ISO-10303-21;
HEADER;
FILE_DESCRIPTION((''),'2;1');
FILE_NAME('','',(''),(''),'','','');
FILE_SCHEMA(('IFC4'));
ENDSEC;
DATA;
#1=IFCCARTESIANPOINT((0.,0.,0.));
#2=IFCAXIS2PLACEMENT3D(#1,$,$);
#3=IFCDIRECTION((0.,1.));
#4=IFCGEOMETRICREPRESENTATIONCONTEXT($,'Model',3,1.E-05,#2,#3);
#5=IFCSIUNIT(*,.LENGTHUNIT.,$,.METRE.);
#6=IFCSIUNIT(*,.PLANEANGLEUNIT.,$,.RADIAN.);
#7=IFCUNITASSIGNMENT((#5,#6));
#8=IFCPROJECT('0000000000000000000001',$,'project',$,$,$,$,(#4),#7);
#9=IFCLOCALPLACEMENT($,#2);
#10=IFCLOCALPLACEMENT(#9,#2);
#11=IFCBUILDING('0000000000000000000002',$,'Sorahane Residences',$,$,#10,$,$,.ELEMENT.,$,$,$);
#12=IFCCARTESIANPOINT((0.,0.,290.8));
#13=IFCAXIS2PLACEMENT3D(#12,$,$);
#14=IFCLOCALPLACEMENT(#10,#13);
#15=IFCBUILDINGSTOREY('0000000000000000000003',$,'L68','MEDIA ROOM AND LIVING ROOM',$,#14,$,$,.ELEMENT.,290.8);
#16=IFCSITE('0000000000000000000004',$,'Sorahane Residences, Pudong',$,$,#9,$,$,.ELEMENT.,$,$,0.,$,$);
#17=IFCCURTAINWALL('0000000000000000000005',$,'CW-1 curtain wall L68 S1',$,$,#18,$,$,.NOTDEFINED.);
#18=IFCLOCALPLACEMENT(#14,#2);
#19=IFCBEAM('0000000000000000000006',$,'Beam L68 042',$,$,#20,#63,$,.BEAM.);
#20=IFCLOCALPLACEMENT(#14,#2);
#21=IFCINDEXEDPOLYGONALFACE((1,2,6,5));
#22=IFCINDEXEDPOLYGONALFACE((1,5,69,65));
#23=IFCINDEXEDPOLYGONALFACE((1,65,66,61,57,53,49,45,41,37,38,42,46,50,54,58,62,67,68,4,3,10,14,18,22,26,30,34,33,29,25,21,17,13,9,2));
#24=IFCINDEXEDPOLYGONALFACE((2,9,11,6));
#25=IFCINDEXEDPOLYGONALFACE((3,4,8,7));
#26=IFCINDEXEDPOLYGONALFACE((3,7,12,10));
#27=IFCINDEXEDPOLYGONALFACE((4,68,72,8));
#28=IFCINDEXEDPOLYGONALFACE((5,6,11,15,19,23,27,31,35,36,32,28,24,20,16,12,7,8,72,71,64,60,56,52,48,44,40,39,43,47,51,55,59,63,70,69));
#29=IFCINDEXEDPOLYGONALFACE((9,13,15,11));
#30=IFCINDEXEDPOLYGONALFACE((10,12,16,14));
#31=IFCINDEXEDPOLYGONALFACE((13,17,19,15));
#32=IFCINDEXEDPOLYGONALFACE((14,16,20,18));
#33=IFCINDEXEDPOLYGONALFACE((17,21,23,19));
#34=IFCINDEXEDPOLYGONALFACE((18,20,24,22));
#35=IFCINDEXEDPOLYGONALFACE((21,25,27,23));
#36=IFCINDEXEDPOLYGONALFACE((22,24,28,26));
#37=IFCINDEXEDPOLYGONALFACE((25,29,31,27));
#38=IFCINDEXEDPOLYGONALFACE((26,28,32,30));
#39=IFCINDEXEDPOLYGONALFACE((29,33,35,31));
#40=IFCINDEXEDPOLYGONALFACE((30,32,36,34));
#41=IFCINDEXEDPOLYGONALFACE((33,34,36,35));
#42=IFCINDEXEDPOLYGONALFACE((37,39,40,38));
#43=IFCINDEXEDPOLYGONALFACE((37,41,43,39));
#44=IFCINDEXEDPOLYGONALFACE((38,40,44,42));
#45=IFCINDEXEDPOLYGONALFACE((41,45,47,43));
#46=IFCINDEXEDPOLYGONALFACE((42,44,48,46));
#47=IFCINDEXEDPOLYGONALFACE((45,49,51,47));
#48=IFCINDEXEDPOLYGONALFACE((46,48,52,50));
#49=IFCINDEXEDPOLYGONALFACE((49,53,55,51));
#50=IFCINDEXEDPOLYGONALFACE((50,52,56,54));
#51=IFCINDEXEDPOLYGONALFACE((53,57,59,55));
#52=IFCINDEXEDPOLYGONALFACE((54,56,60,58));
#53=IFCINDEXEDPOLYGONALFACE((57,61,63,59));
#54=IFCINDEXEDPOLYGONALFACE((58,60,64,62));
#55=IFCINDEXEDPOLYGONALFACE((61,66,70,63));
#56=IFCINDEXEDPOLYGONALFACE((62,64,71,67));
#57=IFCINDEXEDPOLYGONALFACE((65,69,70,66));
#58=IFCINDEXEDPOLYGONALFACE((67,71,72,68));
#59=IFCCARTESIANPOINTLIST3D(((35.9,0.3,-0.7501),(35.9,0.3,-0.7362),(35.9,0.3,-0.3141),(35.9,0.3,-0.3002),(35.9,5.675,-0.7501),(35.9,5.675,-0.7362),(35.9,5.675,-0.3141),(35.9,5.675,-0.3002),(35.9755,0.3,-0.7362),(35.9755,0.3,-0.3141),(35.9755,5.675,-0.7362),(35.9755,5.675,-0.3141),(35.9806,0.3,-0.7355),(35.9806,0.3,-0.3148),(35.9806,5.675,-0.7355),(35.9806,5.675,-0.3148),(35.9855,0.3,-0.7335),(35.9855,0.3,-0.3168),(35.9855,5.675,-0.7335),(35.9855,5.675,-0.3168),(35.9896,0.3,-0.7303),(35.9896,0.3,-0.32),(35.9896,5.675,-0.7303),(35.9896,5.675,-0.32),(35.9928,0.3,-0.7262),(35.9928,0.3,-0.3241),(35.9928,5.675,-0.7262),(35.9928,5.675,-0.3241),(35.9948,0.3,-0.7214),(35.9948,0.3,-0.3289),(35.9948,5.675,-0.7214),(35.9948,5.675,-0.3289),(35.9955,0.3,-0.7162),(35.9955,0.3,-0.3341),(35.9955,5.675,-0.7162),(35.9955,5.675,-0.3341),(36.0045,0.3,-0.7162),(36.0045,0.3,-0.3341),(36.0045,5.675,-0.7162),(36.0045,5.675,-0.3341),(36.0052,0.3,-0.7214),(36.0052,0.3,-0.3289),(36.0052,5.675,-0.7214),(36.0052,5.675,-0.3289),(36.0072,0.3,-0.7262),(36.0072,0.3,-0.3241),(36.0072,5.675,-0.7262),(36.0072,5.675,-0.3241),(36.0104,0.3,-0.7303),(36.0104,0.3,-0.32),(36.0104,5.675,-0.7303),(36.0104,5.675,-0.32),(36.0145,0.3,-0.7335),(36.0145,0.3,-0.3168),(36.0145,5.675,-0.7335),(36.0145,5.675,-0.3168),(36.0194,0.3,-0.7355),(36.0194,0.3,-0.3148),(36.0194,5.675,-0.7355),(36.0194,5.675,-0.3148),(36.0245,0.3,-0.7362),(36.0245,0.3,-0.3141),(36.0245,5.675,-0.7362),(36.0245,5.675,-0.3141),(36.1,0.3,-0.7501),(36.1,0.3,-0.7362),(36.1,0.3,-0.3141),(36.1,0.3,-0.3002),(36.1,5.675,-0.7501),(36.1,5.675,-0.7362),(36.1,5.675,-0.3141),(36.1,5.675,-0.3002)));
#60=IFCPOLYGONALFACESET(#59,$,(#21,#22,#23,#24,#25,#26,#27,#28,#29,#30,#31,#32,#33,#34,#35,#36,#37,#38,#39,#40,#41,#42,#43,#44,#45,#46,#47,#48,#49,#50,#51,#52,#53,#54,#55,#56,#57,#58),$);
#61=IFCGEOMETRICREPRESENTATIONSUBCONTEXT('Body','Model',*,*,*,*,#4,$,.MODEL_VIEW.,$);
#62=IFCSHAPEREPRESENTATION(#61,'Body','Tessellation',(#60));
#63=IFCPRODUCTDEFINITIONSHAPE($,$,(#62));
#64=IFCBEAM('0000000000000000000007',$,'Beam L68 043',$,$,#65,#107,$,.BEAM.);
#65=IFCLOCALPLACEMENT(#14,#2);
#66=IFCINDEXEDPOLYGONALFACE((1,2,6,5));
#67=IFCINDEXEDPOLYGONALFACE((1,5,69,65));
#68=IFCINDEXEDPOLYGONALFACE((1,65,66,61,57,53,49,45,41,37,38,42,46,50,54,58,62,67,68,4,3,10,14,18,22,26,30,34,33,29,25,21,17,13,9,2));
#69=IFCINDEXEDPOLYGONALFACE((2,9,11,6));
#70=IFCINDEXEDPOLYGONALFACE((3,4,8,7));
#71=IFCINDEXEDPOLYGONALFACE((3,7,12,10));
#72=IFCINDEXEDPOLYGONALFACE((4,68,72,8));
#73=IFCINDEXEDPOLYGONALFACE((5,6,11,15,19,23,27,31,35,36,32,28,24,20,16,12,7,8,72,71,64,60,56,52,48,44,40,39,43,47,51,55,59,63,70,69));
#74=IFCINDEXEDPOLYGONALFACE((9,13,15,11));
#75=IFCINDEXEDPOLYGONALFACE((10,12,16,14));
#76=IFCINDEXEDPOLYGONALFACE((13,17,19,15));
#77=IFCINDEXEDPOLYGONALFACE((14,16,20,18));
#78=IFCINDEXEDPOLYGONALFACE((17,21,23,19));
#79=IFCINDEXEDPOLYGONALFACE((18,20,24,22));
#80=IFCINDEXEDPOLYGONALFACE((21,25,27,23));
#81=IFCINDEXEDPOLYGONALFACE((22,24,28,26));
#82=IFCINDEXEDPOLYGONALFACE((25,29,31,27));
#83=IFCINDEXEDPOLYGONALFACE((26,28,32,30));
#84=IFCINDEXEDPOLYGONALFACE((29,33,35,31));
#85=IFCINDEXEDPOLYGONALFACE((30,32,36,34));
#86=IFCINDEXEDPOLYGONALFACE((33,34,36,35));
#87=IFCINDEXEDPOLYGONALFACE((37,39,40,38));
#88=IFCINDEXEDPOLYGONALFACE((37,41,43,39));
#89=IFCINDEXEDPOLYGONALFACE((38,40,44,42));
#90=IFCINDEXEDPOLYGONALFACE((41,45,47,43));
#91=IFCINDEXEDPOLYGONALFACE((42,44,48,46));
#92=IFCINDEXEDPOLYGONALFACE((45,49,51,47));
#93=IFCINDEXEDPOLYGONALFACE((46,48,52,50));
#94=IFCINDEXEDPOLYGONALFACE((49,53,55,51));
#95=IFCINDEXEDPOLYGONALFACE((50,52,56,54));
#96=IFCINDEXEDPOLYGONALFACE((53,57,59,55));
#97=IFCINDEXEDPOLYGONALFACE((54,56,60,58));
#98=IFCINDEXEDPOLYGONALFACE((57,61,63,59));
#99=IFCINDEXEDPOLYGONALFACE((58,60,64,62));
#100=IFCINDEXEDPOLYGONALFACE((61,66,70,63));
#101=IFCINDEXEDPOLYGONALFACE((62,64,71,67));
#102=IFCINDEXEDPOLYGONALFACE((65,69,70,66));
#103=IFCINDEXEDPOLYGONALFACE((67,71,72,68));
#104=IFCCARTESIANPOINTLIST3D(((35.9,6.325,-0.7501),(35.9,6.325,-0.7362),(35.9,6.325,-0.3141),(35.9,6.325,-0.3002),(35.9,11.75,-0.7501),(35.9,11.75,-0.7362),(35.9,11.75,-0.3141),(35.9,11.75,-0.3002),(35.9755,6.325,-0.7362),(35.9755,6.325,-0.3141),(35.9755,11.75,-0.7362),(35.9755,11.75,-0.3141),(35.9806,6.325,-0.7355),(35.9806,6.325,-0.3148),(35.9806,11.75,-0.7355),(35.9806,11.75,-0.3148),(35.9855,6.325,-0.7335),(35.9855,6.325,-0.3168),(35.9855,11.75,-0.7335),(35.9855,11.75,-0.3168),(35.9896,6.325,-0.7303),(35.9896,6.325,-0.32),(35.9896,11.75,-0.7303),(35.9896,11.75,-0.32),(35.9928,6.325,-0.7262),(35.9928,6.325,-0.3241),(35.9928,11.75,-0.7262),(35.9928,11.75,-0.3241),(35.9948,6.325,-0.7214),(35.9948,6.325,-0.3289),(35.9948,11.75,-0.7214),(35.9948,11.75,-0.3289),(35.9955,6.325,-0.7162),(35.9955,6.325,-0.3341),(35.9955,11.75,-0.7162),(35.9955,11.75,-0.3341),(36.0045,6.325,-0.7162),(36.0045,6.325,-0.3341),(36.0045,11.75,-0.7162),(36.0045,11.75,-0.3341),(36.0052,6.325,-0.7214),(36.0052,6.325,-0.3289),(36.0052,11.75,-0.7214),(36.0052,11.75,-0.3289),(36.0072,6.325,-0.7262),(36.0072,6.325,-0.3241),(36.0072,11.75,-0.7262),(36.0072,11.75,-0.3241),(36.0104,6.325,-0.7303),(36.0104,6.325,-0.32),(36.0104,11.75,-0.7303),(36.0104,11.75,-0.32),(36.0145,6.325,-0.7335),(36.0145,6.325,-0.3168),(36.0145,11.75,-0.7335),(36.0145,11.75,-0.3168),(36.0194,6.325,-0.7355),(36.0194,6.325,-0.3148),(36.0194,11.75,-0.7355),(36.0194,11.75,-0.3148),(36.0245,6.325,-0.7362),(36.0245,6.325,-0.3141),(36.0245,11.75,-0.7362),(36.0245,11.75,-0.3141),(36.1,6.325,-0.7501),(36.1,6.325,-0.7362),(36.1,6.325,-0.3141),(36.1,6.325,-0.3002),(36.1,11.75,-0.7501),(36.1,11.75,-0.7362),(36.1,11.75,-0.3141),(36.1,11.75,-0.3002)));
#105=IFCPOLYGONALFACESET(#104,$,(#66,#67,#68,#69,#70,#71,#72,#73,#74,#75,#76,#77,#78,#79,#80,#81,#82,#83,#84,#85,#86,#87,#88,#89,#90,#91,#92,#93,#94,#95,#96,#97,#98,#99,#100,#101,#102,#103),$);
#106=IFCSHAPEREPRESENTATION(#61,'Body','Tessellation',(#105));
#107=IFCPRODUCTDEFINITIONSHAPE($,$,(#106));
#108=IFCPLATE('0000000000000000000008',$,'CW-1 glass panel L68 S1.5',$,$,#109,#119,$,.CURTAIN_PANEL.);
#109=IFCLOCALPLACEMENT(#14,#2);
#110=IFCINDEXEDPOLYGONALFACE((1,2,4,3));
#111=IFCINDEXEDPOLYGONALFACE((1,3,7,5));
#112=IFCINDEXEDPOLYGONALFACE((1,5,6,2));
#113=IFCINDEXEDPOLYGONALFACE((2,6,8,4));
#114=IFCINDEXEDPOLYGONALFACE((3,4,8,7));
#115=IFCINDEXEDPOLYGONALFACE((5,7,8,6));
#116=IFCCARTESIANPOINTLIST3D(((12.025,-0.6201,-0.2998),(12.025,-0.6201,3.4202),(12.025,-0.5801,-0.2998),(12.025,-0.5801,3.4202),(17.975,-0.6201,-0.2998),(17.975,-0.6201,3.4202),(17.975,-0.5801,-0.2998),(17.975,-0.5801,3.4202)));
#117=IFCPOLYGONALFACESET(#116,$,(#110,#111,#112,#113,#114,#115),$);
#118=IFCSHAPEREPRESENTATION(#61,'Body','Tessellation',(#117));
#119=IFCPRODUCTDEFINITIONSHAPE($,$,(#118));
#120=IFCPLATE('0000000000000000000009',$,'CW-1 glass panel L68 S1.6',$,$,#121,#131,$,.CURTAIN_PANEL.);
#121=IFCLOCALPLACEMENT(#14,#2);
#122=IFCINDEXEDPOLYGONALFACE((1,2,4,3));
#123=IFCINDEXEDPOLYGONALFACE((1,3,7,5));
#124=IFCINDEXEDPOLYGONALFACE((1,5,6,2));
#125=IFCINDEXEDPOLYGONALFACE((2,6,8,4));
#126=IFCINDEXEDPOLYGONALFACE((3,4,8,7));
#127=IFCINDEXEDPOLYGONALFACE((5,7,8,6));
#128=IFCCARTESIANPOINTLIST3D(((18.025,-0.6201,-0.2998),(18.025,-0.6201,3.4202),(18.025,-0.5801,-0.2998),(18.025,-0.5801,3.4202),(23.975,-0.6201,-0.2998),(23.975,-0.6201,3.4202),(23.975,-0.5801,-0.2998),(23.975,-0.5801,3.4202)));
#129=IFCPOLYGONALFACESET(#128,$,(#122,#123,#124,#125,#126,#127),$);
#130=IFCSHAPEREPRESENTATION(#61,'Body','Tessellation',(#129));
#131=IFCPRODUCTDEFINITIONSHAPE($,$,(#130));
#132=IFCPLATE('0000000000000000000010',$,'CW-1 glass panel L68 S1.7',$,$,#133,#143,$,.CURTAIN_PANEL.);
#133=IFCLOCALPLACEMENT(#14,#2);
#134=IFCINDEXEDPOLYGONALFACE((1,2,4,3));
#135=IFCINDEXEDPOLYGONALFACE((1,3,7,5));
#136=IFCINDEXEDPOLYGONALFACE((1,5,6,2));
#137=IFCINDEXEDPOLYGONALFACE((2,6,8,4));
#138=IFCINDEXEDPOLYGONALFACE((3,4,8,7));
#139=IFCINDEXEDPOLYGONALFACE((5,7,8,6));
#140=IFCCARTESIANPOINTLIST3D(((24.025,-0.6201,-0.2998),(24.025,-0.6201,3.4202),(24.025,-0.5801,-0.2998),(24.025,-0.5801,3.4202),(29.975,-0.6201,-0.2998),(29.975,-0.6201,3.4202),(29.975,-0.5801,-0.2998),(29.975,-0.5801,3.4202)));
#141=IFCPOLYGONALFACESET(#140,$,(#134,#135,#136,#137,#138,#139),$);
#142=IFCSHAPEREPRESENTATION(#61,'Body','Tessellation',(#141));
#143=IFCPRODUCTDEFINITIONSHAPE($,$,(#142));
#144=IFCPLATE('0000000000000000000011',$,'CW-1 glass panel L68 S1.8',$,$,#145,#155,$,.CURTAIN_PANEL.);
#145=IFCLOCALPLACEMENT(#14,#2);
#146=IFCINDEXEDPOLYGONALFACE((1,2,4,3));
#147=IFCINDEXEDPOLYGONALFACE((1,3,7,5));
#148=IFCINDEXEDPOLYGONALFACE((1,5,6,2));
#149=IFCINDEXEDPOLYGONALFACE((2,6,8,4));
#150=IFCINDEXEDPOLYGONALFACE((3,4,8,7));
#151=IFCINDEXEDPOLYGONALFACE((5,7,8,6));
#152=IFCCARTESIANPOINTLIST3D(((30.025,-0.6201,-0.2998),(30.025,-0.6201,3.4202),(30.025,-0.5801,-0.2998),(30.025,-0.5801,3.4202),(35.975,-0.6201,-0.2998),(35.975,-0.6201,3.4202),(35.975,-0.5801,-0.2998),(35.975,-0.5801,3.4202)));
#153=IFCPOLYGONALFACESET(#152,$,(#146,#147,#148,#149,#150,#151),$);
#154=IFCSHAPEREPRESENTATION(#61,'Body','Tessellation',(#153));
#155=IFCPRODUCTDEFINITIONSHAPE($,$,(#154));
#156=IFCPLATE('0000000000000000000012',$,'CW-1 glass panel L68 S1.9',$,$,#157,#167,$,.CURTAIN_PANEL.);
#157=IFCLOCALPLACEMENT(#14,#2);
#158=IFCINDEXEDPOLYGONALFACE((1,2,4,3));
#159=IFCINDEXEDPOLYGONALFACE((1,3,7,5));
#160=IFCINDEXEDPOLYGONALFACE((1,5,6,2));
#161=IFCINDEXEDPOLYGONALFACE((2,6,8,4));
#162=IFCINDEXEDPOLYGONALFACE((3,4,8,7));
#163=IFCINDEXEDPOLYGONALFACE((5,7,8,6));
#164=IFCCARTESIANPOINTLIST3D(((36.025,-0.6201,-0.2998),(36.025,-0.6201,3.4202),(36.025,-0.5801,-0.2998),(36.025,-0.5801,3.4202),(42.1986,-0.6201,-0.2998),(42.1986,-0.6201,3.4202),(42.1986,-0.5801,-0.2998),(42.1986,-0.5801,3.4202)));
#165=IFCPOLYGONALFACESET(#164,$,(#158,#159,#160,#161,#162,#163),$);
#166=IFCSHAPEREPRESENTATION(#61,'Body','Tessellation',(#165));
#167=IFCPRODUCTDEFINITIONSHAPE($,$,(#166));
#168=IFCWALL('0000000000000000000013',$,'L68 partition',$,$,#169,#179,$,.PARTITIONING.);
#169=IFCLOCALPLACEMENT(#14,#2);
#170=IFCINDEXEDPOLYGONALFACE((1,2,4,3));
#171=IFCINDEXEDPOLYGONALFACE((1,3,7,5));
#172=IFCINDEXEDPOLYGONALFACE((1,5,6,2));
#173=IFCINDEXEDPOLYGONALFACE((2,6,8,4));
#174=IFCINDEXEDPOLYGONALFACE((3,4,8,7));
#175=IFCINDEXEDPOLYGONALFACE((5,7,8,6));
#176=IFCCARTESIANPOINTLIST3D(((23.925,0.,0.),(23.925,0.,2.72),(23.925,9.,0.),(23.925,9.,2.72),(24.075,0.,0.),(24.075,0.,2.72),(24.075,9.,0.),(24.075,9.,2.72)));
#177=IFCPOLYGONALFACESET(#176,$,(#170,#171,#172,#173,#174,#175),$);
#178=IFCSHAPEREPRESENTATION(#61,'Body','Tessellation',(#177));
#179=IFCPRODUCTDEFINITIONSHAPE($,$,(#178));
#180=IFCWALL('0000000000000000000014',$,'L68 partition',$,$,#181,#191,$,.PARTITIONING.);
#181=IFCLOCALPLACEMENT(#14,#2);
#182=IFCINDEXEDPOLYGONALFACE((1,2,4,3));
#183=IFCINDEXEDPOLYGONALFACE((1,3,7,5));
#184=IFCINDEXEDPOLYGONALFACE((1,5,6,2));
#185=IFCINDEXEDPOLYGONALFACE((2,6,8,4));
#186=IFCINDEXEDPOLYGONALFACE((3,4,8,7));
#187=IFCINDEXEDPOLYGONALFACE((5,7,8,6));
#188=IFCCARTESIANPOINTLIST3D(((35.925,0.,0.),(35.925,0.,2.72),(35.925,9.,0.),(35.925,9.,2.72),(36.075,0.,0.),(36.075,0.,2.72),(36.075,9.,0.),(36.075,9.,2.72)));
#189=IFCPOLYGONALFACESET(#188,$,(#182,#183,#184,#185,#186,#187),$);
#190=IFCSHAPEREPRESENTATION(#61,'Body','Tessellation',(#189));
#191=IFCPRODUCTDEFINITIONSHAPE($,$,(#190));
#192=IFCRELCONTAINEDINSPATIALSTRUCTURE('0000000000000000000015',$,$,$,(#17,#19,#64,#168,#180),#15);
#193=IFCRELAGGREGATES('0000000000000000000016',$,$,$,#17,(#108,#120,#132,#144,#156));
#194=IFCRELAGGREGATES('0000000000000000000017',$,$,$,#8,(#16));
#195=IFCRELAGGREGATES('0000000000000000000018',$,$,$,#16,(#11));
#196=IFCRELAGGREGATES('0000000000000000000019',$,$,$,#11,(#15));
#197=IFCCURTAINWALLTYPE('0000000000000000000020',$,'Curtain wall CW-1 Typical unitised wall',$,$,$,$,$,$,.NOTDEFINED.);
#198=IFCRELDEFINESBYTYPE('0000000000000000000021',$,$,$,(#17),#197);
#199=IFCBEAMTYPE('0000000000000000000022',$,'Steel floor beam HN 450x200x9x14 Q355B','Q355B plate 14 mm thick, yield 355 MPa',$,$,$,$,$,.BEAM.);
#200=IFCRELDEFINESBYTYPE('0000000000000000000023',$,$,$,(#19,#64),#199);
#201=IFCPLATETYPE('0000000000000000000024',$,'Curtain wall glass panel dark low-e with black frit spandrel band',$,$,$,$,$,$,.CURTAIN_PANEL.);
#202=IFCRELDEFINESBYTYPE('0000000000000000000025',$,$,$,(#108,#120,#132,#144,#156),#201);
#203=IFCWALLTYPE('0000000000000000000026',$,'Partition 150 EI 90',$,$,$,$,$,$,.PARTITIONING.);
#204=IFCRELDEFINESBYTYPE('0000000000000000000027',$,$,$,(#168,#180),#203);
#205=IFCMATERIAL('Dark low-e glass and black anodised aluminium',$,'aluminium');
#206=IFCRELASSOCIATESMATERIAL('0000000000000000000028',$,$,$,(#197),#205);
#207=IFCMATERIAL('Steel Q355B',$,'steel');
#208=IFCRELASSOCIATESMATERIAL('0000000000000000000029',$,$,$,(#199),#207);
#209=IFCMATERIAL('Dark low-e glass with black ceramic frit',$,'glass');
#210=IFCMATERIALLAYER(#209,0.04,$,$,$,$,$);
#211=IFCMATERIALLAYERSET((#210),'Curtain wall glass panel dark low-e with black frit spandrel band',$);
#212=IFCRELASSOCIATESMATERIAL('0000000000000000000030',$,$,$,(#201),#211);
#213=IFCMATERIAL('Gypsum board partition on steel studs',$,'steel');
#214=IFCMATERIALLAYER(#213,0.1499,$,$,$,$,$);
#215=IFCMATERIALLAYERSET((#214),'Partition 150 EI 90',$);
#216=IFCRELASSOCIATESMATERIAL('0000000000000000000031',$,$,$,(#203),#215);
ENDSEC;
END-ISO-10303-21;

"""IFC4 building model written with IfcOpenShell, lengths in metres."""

from ifc_helpers import new_model, si_unit, direction, frame, frame_2d, origin, origin_2d, place, context, subcontext, project, spatial, rectangle, i_section, extrude, material, layer, layer_set, material_profile, profile_set, type_object, element, aggregate, save


model = new_model("IFC4")

# Units and contexts
model_context = context("Model", 3, precision=1e-05, world=origin(), true_north=direction((0.0, 1.0)))
body_context = subcontext(model_context, "Body", "Model", "MODEL_VIEW")
ifc_project = project(units=[si_unit("LENGTHUNIT", "METRE"), si_unit("PLANEANGLEUNIT", "RADIAN")], contexts=[model_context])

# Site, building, storey
site_placement = place(None, origin())
site = spatial("IfcSite", under=ifc_project, at=site_placement, Name="Sorahane Residences, Pudong", CompositionType="ELEMENT", RefElevation=0.0)
building_placement = place(site_placement, origin())
building = spatial("IfcBuilding", under=site, at=building_placement, Name="Sorahane Residences", CompositionType="ELEMENT")
storey_placement = place(building_placement, frame((0.0, 0.0, 290.8)))
storey = spatial("IfcBuildingStorey", under=building, at=storey_placement, Name="L68", Description="MEDIA ROOM AND LIVING ROOM", CompositionType="ELEMENT", Elevation=290.8)

# Curtain wall
ifc_material_1 = material(Name="Dark low-e glass and black anodised aluminium", Category="aluminium")
curtain_wall_type = type_object("IfcCurtainWallType", Name="Curtain wall CW-1 Typical unitised wall", PredefinedType="NOTDEFINED", material=ifc_material_1)
curtain_wall_placement = place(storey_placement, origin())
curtain_wall = element("IfcCurtainWall", 1, at=curtain_wall_placement, inside=storey, type_object=curtain_wall_type, Name="CW-1 curtain wall L68 S1", PredefinedType="NOTDEFINED")

# Beams
ifc_material_2 = material(Name="Steel Q355B", Category="steel")
ifc_material_profile_1 = material_profile(ifc_material_2, i_section(OverallWidth=0.2, OverallDepth=0.45, WebThickness=0.009, FlangeThickness=0.0139, FilletRadius=0.02, at=origin_2d()), Name="HN 450x200x9x14")
ifc_profile_set_1 = profile_set([ifc_material_profile_1], Name="Steel Q355B")
beam_type = type_object("IfcBeamType", Name="Steel floor beam HN 450x200x9x14 Q355B", Description="Q355B plate 14 mm thick, yield 355 MPa", PredefinedType="BEAM", material=ifc_profile_set_1)
beam_1_placement = place(storey_placement, frame((36.0, 0.3, -0.5251), z_axis=(0.0, 1.0, 0.0), x_axis=(-1.0, 0.0, 0.0)))
element("IfcBeam", 2, at=beam_1_placement, inside=storey, type_object=beam_type, Name="Beam L68 042", PredefinedType="BEAM", context=body_context, shape_type="SweptSolid", body=[
    extrude(i_section(OverallWidth=0.2, OverallDepth=0.45, WebThickness=0.009, FlangeThickness=0.0139, FilletRadius=0.02, at=origin_2d()), origin(), (0.0, 0.0, 1.0), 5.375),
])
beam_2_placement = place(storey_placement, frame((36.0, 6.325, -0.5251), z_axis=(0.0, 1.0, 0.0), x_axis=(-1.0, 0.0, 0.0)))
element("IfcBeam", 3, at=beam_2_placement, inside=storey, type_object=beam_type, Name="Beam L68 043", PredefinedType="BEAM", context=body_context, shape_type="SweptSolid", body=[
    extrude(i_section(OverallWidth=0.2, OverallDepth=0.45, WebThickness=0.009, FlangeThickness=0.0139, FilletRadius=0.02, at=origin_2d()), origin(), (0.0, 0.0, 1.0), 5.425),
])

# Plates
ifc_material_3 = material(Name="Dark low-e glass with black ceramic frit", Category="glass")
ifc_layer_1 = layer(ifc_material_3, 0.04)
ifc_layer_set_1 = layer_set([ifc_layer_1], Name="Curtain wall glass panel dark low-e with black frit spandrel band")
plate_type = type_object("IfcPlateType", Name="Curtain wall glass panel dark low-e with black frit spandrel band", PredefinedType="CURTAIN_PANEL", material=ifc_layer_set_1)
plate_1_placement = place(storey_placement, frame((15.0, -0.6001, -0.2998), z_axis=(0.0, 0.0, 1.0), x_axis=(1.0, 0.0, 0.0)))
plate_1 = element("IfcPlate", 4, at=plate_1_placement, type_object=plate_type, Name="CW-1 glass panel L68 S1.5", PredefinedType="CURTAIN_PANEL", context=body_context, shape_type="SweptSolid", body=[
    extrude(rectangle(XDim=5.95, YDim=0.04, at=origin_2d()), origin(), (0.0, 0.0, 1.0), 3.72),
])
plate_2_placement = place(storey_placement, frame((21.0, -0.6001, -0.2998), z_axis=(0.0, 0.0, 1.0), x_axis=(1.0, 0.0, 0.0)))
plate_2 = element("IfcPlate", 5, at=plate_2_placement, type_object=plate_type, Name="CW-1 glass panel L68 S1.6", PredefinedType="CURTAIN_PANEL", context=body_context, shape_type="SweptSolid", body=[
    extrude(rectangle(XDim=5.95, YDim=0.04, at=origin_2d()), origin(), (0.0, 0.0, 1.0), 3.72),
])
plate_3_placement = place(storey_placement, frame((27.0, -0.6001, -0.2998), z_axis=(0.0, 0.0, 1.0), x_axis=(1.0, 0.0, 0.0)))
plate_3 = element("IfcPlate", 6, at=plate_3_placement, type_object=plate_type, Name="CW-1 glass panel L68 S1.7", PredefinedType="CURTAIN_PANEL", context=body_context, shape_type="SweptSolid", body=[
    extrude(rectangle(XDim=5.95, YDim=0.04, at=origin_2d()), origin(), (0.0, 0.0, 1.0), 3.72),
])
plate_4_placement = place(storey_placement, frame((33.0, -0.6001, -0.2998), z_axis=(0.0, 0.0, 1.0), x_axis=(1.0, 0.0, 0.0)))
plate_4 = element("IfcPlate", 7, at=plate_4_placement, type_object=plate_type, Name="CW-1 glass panel L68 S1.8", PredefinedType="CURTAIN_PANEL", context=body_context, shape_type="SweptSolid", body=[
    extrude(rectangle(XDim=5.95, YDim=0.04, at=origin_2d()), origin(), (0.0, 0.0, 1.0), 3.72),
])
plate_5_placement = place(storey_placement, frame((39.1118, -0.6001, -0.2998), z_axis=(0.0, 0.0, 1.0), x_axis=(1.0, 0.0, 0.0)))
plate_5 = element("IfcPlate", 8, at=plate_5_placement, type_object=plate_type, Name="CW-1 glass panel L68 S1.9", PredefinedType="CURTAIN_PANEL", context=body_context, shape_type="SweptSolid", body=[
    extrude(rectangle(XDim=6.1736, YDim=0.04, at=origin_2d()), origin(), (0.0, 0.0, 1.0), 3.72),
])
aggregate(curtain_wall, [plate_1, plate_2, plate_3, plate_4, plate_5])

# Walls
ifc_material_4 = material(Name="Gypsum board partition on steel studs", Category="steel")
ifc_layer_2 = layer(ifc_material_4, 0.1499)
ifc_layer_set_2 = layer_set([ifc_layer_2], Name="Partition 150 EI 90")
wall_type_1 = type_object("IfcWallType", Name="Partition 150 EI 90", PredefinedType="PARTITIONING", material=ifc_layer_set_2)
for number, where, z_axis, x_axis, name in (
    (9, (24.0, 0.0, 0.0), (0.0, 0.0, 1.0), (0.0, 1.0, 0.0), "L68 partition"),
    (10, (36.0, 0.0, 0.0), (0.0, 0.0, 1.0), (0.0, 1.0, 0.0), "L68 partition"),
):
    element("IfcWall", number, at=place(storey_placement, frame(where, z_axis=z_axis, x_axis=x_axis)), inside=storey, type_object=wall_type_1, Name=name, PredefinedType="PARTITIONING", context=body_context, shape_type="SweptSolid", body=[
        extrude(rectangle(XDim=9.0, YDim=0.1499, at=frame_2d((4.5, 0.0))), origin(), (0.0, 0.0, 1.0), 2.72),
    ])

save(model, "model.ifc")
